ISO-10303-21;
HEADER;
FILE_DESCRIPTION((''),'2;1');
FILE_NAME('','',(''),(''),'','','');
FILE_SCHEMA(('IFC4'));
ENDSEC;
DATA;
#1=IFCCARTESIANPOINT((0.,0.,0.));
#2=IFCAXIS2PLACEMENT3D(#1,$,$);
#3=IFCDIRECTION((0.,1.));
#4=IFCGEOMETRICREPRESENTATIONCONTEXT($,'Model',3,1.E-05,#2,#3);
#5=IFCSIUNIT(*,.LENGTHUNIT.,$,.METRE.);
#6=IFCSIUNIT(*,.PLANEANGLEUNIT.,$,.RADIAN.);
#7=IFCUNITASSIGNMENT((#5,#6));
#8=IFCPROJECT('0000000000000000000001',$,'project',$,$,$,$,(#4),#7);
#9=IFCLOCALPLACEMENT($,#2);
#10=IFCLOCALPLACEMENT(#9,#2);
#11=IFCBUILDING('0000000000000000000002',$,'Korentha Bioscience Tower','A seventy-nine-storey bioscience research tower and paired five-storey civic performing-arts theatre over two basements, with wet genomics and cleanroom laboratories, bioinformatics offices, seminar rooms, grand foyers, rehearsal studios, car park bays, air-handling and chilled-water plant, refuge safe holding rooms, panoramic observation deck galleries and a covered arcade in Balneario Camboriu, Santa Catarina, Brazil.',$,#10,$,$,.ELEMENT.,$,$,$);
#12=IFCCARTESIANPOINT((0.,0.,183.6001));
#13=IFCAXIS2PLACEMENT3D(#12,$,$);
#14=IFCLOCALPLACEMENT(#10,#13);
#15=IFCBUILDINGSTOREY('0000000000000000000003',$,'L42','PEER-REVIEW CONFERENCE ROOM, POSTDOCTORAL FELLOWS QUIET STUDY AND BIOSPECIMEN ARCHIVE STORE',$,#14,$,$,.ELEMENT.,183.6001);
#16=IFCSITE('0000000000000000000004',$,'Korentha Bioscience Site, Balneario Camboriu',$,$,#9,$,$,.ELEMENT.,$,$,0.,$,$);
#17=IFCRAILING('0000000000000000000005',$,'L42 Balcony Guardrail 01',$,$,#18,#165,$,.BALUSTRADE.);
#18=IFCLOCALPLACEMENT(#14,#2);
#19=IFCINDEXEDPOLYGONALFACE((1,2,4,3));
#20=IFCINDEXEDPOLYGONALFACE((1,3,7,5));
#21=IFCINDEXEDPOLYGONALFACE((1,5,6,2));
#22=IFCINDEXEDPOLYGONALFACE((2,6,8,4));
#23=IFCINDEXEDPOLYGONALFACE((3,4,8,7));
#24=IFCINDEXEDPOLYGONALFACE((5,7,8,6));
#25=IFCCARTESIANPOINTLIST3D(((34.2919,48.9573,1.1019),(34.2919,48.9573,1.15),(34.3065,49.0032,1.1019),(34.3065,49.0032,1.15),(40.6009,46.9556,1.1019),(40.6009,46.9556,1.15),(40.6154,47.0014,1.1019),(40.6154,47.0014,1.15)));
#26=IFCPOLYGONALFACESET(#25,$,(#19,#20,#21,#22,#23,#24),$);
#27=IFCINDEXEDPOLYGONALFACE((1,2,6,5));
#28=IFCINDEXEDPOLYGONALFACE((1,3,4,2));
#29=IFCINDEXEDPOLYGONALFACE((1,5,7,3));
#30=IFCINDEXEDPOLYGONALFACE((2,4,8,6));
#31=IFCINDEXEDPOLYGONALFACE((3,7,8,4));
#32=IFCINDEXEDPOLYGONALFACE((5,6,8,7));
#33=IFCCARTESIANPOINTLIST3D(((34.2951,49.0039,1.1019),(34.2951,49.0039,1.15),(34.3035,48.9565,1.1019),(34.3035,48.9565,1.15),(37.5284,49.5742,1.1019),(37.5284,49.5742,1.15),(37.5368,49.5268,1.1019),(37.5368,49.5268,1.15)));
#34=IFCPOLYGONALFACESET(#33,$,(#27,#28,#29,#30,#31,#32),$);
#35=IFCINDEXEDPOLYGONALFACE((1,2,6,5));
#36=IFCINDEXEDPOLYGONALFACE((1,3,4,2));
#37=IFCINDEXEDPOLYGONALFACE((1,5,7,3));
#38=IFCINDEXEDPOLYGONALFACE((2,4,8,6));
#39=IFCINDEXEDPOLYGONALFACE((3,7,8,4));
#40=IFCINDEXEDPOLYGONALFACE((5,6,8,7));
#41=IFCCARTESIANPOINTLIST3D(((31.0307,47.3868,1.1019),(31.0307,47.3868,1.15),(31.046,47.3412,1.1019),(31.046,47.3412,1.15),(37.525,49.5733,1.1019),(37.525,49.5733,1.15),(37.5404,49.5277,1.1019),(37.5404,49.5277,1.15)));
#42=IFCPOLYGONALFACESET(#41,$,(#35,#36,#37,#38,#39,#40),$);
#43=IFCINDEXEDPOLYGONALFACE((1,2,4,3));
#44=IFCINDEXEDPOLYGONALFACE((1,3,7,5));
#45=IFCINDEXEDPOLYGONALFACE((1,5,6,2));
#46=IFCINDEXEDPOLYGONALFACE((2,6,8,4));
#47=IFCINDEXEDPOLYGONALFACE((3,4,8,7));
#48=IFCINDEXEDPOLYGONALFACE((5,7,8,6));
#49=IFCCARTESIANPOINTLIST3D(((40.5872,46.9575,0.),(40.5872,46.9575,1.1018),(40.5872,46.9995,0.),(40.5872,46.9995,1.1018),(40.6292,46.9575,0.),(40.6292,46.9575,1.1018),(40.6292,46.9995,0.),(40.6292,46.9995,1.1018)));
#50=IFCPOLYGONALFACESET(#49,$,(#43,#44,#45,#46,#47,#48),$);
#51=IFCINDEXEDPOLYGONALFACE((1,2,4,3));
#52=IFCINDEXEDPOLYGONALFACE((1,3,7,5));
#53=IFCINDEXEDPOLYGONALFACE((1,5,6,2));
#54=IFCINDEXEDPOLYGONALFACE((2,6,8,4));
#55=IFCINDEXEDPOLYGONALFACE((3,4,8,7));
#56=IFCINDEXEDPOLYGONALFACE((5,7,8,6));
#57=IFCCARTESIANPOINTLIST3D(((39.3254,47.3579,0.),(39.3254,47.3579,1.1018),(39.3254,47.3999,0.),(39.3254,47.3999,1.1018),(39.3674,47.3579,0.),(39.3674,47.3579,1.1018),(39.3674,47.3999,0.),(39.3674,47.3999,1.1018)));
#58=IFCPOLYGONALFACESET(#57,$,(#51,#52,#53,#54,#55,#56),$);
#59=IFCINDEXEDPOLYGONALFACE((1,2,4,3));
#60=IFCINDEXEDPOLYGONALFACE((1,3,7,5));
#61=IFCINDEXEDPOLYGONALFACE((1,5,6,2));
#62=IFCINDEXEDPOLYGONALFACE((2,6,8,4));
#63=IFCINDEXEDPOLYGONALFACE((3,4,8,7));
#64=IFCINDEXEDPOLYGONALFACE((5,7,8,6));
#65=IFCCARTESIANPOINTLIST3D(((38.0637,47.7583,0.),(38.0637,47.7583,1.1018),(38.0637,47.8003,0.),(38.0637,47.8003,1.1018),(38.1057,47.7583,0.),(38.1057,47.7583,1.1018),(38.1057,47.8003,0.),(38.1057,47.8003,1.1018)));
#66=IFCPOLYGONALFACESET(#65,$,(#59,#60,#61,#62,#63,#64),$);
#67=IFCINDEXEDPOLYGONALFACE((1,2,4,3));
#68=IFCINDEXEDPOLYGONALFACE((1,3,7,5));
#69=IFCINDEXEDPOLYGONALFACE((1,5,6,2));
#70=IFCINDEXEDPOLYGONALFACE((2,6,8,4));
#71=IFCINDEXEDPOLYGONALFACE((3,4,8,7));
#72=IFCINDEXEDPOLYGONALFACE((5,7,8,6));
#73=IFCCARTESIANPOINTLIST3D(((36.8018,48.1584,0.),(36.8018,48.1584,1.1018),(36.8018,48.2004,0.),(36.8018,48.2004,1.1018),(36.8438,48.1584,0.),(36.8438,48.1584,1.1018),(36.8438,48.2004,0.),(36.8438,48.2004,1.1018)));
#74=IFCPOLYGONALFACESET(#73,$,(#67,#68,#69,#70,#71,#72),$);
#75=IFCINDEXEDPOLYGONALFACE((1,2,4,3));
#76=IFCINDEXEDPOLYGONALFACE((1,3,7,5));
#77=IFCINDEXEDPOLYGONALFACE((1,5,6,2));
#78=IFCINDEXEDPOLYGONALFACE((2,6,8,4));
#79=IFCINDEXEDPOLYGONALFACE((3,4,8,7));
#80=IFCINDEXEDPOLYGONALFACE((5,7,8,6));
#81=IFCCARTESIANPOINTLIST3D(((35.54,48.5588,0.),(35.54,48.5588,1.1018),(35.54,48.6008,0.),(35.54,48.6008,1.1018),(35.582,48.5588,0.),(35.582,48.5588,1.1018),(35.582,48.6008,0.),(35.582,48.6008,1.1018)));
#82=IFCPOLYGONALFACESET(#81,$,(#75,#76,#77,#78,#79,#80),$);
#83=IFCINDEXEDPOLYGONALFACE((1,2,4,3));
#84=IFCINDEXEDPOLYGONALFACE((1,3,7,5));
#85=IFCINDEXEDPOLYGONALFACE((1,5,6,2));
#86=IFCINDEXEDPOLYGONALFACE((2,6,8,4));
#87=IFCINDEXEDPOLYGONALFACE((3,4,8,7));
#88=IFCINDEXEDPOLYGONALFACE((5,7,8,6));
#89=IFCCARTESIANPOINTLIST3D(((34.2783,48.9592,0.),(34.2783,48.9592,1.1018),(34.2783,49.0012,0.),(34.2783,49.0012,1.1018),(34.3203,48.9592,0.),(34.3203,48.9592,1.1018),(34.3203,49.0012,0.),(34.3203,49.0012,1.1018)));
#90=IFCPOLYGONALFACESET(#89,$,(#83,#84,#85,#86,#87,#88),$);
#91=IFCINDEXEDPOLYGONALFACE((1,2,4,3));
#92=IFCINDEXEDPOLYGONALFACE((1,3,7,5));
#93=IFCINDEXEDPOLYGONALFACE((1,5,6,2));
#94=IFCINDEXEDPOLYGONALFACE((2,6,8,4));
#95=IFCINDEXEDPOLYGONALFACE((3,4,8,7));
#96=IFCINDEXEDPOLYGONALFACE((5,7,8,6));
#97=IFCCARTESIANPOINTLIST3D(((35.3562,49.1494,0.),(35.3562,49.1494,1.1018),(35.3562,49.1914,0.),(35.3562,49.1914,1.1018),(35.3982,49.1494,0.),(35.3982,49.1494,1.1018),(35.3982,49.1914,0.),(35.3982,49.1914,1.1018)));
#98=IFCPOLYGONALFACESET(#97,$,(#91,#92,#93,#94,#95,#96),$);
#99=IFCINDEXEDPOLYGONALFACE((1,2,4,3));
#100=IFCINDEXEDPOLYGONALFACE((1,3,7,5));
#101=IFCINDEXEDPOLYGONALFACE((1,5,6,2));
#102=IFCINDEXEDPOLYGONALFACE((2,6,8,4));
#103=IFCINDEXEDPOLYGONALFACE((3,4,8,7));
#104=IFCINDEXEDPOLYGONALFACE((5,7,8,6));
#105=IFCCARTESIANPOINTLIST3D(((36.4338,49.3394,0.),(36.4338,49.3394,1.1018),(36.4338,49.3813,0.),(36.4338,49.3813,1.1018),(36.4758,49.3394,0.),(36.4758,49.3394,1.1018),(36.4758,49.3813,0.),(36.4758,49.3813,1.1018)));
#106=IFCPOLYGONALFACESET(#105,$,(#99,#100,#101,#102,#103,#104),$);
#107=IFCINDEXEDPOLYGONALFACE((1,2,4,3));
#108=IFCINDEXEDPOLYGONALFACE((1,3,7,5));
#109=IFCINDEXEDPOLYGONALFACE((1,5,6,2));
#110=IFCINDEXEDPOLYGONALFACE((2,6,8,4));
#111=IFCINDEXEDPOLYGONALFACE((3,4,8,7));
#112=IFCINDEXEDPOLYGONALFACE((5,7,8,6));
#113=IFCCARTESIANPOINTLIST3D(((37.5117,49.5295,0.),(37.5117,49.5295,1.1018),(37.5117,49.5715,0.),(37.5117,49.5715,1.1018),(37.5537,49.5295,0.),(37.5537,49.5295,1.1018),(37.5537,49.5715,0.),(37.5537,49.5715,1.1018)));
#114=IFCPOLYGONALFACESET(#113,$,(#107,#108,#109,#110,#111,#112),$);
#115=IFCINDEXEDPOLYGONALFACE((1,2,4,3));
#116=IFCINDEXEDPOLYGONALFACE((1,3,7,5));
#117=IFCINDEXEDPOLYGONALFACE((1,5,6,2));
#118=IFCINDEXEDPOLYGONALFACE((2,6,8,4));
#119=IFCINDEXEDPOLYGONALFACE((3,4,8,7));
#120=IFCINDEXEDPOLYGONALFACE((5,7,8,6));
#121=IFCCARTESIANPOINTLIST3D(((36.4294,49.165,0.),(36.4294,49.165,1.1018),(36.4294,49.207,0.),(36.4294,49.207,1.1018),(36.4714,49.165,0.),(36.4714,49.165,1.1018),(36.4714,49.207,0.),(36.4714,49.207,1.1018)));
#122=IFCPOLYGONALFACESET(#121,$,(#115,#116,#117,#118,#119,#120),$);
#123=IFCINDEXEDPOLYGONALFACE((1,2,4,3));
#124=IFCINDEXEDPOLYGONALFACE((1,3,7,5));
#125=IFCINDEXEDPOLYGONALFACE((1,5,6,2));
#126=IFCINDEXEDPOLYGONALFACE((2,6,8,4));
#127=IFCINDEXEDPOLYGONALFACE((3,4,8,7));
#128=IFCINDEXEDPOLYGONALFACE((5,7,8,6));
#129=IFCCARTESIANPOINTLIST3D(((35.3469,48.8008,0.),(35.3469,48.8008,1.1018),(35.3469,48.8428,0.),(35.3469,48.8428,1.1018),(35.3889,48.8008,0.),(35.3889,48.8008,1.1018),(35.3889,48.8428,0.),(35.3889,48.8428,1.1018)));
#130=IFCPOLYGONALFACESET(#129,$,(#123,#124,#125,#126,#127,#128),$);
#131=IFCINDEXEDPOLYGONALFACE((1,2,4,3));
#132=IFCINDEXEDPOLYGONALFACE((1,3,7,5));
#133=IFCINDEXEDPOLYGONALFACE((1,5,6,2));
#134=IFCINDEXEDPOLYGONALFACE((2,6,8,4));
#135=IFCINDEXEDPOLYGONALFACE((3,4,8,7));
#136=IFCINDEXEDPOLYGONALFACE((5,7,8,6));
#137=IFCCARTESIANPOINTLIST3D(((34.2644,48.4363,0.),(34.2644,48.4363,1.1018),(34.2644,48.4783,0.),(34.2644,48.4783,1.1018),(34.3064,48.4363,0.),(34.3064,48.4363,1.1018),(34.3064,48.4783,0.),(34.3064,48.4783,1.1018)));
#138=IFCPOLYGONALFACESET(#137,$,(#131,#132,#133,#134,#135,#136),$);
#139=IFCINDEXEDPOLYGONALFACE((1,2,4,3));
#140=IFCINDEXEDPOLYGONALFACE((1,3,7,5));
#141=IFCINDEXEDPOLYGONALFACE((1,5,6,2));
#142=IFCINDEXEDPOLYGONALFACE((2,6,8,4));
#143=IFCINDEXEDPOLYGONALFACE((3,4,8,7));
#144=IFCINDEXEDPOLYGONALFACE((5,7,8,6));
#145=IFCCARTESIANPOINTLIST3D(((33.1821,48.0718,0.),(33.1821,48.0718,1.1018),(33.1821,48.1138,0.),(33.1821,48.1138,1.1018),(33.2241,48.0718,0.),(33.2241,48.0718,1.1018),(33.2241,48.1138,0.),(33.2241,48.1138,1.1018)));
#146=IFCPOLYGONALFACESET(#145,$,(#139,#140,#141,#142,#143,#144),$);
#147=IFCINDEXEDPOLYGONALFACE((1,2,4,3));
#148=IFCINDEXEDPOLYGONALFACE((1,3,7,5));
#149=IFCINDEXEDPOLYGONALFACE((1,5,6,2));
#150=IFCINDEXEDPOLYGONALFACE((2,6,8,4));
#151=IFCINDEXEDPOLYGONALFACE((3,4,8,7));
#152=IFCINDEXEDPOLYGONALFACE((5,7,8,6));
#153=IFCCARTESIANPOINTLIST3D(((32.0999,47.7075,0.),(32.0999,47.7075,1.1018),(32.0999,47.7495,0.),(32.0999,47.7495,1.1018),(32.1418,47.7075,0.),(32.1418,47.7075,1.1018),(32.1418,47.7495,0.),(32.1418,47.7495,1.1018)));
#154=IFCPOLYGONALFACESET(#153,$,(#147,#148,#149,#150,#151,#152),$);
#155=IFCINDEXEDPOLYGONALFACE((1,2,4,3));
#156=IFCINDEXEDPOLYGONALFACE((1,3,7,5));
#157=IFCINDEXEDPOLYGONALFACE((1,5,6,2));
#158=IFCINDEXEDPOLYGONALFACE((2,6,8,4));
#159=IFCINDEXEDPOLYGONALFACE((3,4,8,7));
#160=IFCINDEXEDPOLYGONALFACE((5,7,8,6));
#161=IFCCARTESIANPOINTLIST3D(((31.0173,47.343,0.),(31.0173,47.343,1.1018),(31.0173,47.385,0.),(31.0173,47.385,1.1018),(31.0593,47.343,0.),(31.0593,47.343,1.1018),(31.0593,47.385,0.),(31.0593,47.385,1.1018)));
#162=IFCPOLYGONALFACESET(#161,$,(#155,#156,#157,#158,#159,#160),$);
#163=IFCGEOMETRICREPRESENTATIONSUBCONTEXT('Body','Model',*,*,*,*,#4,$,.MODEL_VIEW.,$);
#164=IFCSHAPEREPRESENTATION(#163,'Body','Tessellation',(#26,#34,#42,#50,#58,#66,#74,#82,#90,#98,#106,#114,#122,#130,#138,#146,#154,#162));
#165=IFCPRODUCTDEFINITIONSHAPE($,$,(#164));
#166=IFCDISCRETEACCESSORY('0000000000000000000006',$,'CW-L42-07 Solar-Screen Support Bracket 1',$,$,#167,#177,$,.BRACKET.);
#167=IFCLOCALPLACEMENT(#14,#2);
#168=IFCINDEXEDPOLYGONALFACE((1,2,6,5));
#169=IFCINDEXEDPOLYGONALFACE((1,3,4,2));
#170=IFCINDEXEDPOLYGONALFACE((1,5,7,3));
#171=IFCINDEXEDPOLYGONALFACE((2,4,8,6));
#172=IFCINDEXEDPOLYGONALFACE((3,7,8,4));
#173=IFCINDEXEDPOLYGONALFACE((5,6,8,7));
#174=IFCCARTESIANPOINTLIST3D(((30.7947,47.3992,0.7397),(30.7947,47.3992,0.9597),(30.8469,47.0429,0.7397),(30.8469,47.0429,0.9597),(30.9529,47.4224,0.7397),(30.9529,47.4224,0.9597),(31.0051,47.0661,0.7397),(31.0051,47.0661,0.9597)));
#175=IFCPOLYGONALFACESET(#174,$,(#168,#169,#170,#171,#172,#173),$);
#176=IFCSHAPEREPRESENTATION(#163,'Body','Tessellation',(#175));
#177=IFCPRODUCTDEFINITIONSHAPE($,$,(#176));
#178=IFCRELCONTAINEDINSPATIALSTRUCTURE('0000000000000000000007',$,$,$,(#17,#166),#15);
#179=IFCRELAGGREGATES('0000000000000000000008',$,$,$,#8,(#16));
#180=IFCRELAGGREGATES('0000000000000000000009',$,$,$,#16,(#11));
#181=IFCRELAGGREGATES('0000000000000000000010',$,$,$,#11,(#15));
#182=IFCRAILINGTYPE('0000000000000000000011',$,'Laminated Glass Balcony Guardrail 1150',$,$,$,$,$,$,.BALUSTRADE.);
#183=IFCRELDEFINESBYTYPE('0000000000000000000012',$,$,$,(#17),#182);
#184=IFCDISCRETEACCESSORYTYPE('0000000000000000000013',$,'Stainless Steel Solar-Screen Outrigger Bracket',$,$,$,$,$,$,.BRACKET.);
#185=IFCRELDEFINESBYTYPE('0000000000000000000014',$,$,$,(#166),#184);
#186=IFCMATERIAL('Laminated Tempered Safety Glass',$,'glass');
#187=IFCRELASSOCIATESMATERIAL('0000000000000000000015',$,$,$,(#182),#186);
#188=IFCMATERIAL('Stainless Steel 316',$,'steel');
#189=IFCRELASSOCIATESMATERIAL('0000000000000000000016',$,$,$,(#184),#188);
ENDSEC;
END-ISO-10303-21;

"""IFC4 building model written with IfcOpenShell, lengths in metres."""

from ifc_helpers import new_model, si_unit, direction, frame, origin, origin_2d, place, context, subcontext, project, spatial, rectangle, extrude, material, type_object, element, save


model = new_model("IFC4")

# Units and contexts
model_context = context("Model", 3, precision=1e-05, world=origin(), true_north=direction((0.0, 1.0)))
body_context = subcontext(model_context, "Body", "Model", "MODEL_VIEW")
ifc_project = project(units=[si_unit("LENGTHUNIT", "METRE"), si_unit("PLANEANGLEUNIT", "RADIAN")], contexts=[model_context])

# Site, building, storey
site_placement = place(None, origin())
site = spatial("IfcSite", under=ifc_project, at=site_placement, Name="Korentha Bioscience Site, Balneario Camboriu", CompositionType="ELEMENT", RefElevation=0.0)
building_placement = place(site_placement, origin())
building = spatial("IfcBuilding", under=site, at=building_placement, Name="Korentha Bioscience Tower", Description="A seventy-nine-storey bioscience research tower and paired five-storey civic performing-arts theatre over two basements, with wet genomics and cleanroom laboratories, bioinformatics offices, seminar rooms, grand foyers, rehearsal studios, car park bays, air-handling and chilled-water plant, refuge safe holding rooms, panoramic observation deck galleries and a covered arcade in Balneario Camboriu, Santa Catarina, Brazil.", CompositionType="ELEMENT")
storey_placement = place(building_placement, frame((0.0, 0.0, 183.6001)))
storey = spatial("IfcBuildingStorey", under=building, at=storey_placement, Name="L42", Description="PEER-REVIEW CONFERENCE ROOM, POSTDOCTORAL FELLOWS QUIET STUDY AND BIOSPECIMEN ARCHIVE STORE", CompositionType="ELEMENT", Elevation=183.6001)

# Railing
ifc_material_1 = material(Name="Laminated Tempered Safety Glass", Category="glass")
railing_type = type_object("IfcRailingType", Name="Laminated Glass Balcony Guardrail 1150", PredefinedType="BALUSTRADE", material=ifc_material_1)
railing_placement = place(storey_placement, frame((40.6082, 46.9785, 0.0)))
element("IfcRailing", 1, at=railing_placement, inside=storey, type_object=railing_type, Name="L42 Balcony Guardrail 01", PredefinedType="BALUSTRADE", context=body_context, shape_type="SweptSolid", body=[
    extrude(rectangle(XDim=0.0481, YDim=0.0481, at=origin_2d()), frame((0.0, 0.0, 1.126), z_axis=(-0.953172, 0.302429, 0.0), x_axis=(-0.302429, -0.953172, 0.0)), (0.0, 0.0, 1.0), 6.6189),
    extrude(rectangle(XDim=0.0481, YDim=0.0481, at=origin_2d()), frame((-6.3088, 2.0017, 1.126), z_axis=(0.984799, 0.1737, 0.0), x_axis=(-0.1737, 0.984799, 0.0)), (0.0, 0.0, 1.0), 3.2832),
    extrude(rectangle(XDim=0.0481, YDim=0.0481, at=origin_2d()), frame((-3.0754, 2.572, 1.126), z_axis=(-0.947728, -0.31908, 0.0), x_axis=(0.31908, -0.947728, 0.0)), (0.0, 0.0, 1.0), 6.8525),
    extrude(rectangle(XDim=0.042, YDim=0.042, at=origin_2d()), origin(), (0.0, 0.0, 1.0), 1.1018),
    extrude(rectangle(XDim=0.042, YDim=0.042, at=origin_2d()), frame((-1.2617, 0.4004, 0.0)), (0.0, 0.0, 1.0), 1.1018),
    extrude(rectangle(XDim=0.042, YDim=0.042, at=origin_2d()), frame((-2.5234, 0.8008, 0.0)), (0.0, 0.0, 1.0), 1.1018),
    extrude(rectangle(XDim=0.042, YDim=0.042, at=origin_2d()), frame((-3.7854, 1.2009, 0.0)), (0.0, 0.0, 1.0), 1.1018),
    extrude(rectangle(XDim=0.042, YDim=0.042, at=origin_2d()), frame((-5.0471, 1.6013, 0.0)), (0.0, 0.0, 1.0), 1.1018),
    extrude(rectangle(XDim=0.042, YDim=0.042, at=origin_2d()), frame((-6.3088, 2.0017, 0.0)), (0.0, 0.0, 1.0), 1.1018),
    extrude(rectangle(XDim=0.042, YDim=0.042, at=origin_2d()), frame((-5.231, 2.1919, 0.0)), (0.0, 0.0, 1.0), 1.1018),
    extrude(rectangle(XDim=0.042, YDim=0.042, at=origin_2d()), frame((-4.1533, 2.3818, 0.0)), (0.0, 0.0, 1.0), 1.1018),
    extrude(rectangle(XDim=0.042, YDim=0.042, at=origin_2d()), frame((-3.0754, 2.572, 0.0)), (0.0, 0.0, 1.0), 1.1018),
    extrude(rectangle(XDim=0.042, YDim=0.042, at=origin_2d()), frame((-4.1577, 2.2075, 0.0)), (0.0, 0.0, 1.0), 1.1018),
    extrude(rectangle(XDim=0.042, YDim=0.042, at=origin_2d()), frame((-5.2402, 1.8433, 0.0)), (0.0, 0.0, 1.0), 1.1018),
    extrude(rectangle(XDim=0.042, YDim=0.042, at=origin_2d()), frame((-6.3228, 1.4788, 0.0)), (0.0, 0.0, 1.0), 1.1018),
    extrude(rectangle(XDim=0.042, YDim=0.042, at=origin_2d()), frame((-7.405, 1.1143, 0.0)), (0.0, 0.0, 1.0), 1.1018),
    extrude(rectangle(XDim=0.042, YDim=0.042, at=origin_2d()), frame((-8.4873, 0.75, 0.0)), (0.0, 0.0, 1.0), 1.1018),
    extrude(rectangle(XDim=0.042, YDim=0.042, at=origin_2d()), frame((-9.5698, 0.3855, 0.0)), (0.0, 0.0, 1.0), 1.1018),
])

# Discrete accessory
ifc_material_2 = material(Name="Stainless Steel 316", Category="steel")
discrete_accessory_type = type_object("IfcDiscreteAccessoryType", Name="Stainless Steel Solar-Screen Outrigger Bracket", PredefinedType="BRACKET", material=ifc_material_2)
discrete_accessory_placement = place(storey_placement, frame((30.8999, 47.2327, 0.7397), z_axis=(0.0, 0.0, 1.0), x_axis=(-0.989462, -0.144793, 0.0)))
element("IfcDiscreteAccessory", 2, at=discrete_accessory_placement, inside=storey, type_object=discrete_accessory_type, Name="CW-L42-07 Solar-Screen Support Bracket 1", PredefinedType="BRACKET", context=body_context, shape_type="SweptSolid", body=[
    extrude(rectangle(XDim=0.1599, YDim=0.3601, at=origin_2d()), origin(), (0.0, 0.0, 1.0), 0.22),
])

save(model, "model.ifc")
